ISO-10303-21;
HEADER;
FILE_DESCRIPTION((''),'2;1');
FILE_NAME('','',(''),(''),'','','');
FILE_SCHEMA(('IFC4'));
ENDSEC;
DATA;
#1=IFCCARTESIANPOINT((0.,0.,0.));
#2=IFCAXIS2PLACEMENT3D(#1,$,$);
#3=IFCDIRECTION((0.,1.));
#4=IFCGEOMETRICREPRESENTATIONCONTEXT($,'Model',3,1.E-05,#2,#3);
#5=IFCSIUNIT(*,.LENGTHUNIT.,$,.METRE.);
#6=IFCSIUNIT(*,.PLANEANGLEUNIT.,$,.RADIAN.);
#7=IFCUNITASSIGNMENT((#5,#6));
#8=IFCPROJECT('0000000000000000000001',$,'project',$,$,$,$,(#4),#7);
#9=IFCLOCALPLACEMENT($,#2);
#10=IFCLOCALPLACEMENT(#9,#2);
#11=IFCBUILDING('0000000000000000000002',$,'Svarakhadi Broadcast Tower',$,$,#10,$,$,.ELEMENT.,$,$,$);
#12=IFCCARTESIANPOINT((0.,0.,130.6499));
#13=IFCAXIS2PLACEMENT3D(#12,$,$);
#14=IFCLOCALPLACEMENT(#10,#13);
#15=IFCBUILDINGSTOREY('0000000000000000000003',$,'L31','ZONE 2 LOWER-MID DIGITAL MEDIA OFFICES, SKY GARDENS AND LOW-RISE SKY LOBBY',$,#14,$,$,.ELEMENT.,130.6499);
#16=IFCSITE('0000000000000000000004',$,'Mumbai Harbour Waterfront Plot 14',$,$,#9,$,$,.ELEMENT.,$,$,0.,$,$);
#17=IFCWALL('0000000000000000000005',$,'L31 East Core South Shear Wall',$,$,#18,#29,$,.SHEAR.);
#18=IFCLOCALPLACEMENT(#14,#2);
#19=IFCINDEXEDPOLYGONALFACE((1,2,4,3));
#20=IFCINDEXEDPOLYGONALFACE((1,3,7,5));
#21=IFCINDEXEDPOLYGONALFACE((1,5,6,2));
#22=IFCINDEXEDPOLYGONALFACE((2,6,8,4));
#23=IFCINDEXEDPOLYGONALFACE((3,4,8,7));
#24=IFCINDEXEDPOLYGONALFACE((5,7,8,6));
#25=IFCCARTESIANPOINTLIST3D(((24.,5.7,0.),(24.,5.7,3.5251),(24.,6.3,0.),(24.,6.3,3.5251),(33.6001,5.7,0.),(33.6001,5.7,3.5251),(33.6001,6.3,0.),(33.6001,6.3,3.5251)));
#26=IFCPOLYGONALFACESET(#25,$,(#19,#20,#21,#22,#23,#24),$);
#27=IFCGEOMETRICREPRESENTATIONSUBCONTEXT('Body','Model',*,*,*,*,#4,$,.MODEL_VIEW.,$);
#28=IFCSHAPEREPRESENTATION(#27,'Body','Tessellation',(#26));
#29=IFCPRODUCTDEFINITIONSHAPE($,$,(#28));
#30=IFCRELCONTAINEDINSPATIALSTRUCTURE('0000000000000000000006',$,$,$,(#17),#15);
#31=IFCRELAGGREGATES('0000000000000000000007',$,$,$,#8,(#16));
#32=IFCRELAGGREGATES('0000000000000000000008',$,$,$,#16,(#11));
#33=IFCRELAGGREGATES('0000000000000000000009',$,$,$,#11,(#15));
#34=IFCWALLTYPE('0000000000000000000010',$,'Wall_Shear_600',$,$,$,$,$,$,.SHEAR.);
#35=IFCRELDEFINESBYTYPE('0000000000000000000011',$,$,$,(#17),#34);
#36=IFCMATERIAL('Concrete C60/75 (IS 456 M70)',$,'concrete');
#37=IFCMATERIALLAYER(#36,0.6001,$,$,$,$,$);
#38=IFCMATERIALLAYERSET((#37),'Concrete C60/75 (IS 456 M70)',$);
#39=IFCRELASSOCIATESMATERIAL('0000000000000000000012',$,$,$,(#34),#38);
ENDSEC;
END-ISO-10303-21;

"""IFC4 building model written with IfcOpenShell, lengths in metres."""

from ifc_helpers import new_model, si_unit, direction, frame, frame_2d, origin, place, context, subcontext, project, spatial, rectangle, extrude, material, layer, layer_set, type_object, element, save


model = new_model("IFC4")

# Units and contexts
model_context = context("Model", 3, precision=1e-05, world=origin(), true_north=direction((0.0, 1.0)))
body_context = subcontext(model_context, "Body", "Model", "MODEL_VIEW")
ifc_project = project(units=[si_unit("LENGTHUNIT", "METRE"), si_unit("PLANEANGLEUNIT", "RADIAN")], contexts=[model_context])

# Site, building, storey
site_placement = place(None, origin())
site = spatial("IfcSite", under=ifc_project, at=site_placement, Name="Mumbai Harbour Waterfront Plot 14", CompositionType="ELEMENT", RefElevation=0.0)
building_placement = place(site_placement, origin())
building = spatial("IfcBuilding", under=site, at=building_placement, Name="Svarakhadi Broadcast Tower", CompositionType="ELEMENT")
storey_placement = place(building_placement, frame((0.0, 0.0, 130.6499)))
storey = spatial("IfcBuildingStorey", under=building, at=storey_placement, Name="L31", Description="ZONE 2 LOWER-MID DIGITAL MEDIA OFFICES, SKY GARDENS AND LOW-RISE SKY LOBBY", CompositionType="ELEMENT", Elevation=130.6499)

# Wall
ifc_material_1 = material(Name="Concrete C60/75 (IS 456 M70)", Category="concrete")
ifc_layer_1 = layer(ifc_material_1, 0.6001)
ifc_layer_set_1 = layer_set([ifc_layer_1], Name="Concrete C60/75 (IS 456 M70)")
wall_type_1 = type_object("IfcWallType", Name="Wall_Shear_600", PredefinedType="SHEAR", material=ifc_layer_set_1)
wall_1_placement = place(storey_placement, frame((24.0, 6.0, 0.0), z_axis=(0.0, 0.0, 1.0), x_axis=(1.0, 0.0, 0.0)))
element("IfcWall", 1, at=wall_1_placement, inside=storey, type_object=wall_type_1, Name="L31 East Core South Shear Wall", PredefinedType="SHEAR", context=body_context, shape_type="SweptSolid", body=[
    extrude(rectangle(XDim=9.6001, YDim=0.6001, at=frame_2d((4.8, 0.0))), origin(), (0.0, 0.0, 1.0), 3.5251),
])

save(model, "model.ifc")
